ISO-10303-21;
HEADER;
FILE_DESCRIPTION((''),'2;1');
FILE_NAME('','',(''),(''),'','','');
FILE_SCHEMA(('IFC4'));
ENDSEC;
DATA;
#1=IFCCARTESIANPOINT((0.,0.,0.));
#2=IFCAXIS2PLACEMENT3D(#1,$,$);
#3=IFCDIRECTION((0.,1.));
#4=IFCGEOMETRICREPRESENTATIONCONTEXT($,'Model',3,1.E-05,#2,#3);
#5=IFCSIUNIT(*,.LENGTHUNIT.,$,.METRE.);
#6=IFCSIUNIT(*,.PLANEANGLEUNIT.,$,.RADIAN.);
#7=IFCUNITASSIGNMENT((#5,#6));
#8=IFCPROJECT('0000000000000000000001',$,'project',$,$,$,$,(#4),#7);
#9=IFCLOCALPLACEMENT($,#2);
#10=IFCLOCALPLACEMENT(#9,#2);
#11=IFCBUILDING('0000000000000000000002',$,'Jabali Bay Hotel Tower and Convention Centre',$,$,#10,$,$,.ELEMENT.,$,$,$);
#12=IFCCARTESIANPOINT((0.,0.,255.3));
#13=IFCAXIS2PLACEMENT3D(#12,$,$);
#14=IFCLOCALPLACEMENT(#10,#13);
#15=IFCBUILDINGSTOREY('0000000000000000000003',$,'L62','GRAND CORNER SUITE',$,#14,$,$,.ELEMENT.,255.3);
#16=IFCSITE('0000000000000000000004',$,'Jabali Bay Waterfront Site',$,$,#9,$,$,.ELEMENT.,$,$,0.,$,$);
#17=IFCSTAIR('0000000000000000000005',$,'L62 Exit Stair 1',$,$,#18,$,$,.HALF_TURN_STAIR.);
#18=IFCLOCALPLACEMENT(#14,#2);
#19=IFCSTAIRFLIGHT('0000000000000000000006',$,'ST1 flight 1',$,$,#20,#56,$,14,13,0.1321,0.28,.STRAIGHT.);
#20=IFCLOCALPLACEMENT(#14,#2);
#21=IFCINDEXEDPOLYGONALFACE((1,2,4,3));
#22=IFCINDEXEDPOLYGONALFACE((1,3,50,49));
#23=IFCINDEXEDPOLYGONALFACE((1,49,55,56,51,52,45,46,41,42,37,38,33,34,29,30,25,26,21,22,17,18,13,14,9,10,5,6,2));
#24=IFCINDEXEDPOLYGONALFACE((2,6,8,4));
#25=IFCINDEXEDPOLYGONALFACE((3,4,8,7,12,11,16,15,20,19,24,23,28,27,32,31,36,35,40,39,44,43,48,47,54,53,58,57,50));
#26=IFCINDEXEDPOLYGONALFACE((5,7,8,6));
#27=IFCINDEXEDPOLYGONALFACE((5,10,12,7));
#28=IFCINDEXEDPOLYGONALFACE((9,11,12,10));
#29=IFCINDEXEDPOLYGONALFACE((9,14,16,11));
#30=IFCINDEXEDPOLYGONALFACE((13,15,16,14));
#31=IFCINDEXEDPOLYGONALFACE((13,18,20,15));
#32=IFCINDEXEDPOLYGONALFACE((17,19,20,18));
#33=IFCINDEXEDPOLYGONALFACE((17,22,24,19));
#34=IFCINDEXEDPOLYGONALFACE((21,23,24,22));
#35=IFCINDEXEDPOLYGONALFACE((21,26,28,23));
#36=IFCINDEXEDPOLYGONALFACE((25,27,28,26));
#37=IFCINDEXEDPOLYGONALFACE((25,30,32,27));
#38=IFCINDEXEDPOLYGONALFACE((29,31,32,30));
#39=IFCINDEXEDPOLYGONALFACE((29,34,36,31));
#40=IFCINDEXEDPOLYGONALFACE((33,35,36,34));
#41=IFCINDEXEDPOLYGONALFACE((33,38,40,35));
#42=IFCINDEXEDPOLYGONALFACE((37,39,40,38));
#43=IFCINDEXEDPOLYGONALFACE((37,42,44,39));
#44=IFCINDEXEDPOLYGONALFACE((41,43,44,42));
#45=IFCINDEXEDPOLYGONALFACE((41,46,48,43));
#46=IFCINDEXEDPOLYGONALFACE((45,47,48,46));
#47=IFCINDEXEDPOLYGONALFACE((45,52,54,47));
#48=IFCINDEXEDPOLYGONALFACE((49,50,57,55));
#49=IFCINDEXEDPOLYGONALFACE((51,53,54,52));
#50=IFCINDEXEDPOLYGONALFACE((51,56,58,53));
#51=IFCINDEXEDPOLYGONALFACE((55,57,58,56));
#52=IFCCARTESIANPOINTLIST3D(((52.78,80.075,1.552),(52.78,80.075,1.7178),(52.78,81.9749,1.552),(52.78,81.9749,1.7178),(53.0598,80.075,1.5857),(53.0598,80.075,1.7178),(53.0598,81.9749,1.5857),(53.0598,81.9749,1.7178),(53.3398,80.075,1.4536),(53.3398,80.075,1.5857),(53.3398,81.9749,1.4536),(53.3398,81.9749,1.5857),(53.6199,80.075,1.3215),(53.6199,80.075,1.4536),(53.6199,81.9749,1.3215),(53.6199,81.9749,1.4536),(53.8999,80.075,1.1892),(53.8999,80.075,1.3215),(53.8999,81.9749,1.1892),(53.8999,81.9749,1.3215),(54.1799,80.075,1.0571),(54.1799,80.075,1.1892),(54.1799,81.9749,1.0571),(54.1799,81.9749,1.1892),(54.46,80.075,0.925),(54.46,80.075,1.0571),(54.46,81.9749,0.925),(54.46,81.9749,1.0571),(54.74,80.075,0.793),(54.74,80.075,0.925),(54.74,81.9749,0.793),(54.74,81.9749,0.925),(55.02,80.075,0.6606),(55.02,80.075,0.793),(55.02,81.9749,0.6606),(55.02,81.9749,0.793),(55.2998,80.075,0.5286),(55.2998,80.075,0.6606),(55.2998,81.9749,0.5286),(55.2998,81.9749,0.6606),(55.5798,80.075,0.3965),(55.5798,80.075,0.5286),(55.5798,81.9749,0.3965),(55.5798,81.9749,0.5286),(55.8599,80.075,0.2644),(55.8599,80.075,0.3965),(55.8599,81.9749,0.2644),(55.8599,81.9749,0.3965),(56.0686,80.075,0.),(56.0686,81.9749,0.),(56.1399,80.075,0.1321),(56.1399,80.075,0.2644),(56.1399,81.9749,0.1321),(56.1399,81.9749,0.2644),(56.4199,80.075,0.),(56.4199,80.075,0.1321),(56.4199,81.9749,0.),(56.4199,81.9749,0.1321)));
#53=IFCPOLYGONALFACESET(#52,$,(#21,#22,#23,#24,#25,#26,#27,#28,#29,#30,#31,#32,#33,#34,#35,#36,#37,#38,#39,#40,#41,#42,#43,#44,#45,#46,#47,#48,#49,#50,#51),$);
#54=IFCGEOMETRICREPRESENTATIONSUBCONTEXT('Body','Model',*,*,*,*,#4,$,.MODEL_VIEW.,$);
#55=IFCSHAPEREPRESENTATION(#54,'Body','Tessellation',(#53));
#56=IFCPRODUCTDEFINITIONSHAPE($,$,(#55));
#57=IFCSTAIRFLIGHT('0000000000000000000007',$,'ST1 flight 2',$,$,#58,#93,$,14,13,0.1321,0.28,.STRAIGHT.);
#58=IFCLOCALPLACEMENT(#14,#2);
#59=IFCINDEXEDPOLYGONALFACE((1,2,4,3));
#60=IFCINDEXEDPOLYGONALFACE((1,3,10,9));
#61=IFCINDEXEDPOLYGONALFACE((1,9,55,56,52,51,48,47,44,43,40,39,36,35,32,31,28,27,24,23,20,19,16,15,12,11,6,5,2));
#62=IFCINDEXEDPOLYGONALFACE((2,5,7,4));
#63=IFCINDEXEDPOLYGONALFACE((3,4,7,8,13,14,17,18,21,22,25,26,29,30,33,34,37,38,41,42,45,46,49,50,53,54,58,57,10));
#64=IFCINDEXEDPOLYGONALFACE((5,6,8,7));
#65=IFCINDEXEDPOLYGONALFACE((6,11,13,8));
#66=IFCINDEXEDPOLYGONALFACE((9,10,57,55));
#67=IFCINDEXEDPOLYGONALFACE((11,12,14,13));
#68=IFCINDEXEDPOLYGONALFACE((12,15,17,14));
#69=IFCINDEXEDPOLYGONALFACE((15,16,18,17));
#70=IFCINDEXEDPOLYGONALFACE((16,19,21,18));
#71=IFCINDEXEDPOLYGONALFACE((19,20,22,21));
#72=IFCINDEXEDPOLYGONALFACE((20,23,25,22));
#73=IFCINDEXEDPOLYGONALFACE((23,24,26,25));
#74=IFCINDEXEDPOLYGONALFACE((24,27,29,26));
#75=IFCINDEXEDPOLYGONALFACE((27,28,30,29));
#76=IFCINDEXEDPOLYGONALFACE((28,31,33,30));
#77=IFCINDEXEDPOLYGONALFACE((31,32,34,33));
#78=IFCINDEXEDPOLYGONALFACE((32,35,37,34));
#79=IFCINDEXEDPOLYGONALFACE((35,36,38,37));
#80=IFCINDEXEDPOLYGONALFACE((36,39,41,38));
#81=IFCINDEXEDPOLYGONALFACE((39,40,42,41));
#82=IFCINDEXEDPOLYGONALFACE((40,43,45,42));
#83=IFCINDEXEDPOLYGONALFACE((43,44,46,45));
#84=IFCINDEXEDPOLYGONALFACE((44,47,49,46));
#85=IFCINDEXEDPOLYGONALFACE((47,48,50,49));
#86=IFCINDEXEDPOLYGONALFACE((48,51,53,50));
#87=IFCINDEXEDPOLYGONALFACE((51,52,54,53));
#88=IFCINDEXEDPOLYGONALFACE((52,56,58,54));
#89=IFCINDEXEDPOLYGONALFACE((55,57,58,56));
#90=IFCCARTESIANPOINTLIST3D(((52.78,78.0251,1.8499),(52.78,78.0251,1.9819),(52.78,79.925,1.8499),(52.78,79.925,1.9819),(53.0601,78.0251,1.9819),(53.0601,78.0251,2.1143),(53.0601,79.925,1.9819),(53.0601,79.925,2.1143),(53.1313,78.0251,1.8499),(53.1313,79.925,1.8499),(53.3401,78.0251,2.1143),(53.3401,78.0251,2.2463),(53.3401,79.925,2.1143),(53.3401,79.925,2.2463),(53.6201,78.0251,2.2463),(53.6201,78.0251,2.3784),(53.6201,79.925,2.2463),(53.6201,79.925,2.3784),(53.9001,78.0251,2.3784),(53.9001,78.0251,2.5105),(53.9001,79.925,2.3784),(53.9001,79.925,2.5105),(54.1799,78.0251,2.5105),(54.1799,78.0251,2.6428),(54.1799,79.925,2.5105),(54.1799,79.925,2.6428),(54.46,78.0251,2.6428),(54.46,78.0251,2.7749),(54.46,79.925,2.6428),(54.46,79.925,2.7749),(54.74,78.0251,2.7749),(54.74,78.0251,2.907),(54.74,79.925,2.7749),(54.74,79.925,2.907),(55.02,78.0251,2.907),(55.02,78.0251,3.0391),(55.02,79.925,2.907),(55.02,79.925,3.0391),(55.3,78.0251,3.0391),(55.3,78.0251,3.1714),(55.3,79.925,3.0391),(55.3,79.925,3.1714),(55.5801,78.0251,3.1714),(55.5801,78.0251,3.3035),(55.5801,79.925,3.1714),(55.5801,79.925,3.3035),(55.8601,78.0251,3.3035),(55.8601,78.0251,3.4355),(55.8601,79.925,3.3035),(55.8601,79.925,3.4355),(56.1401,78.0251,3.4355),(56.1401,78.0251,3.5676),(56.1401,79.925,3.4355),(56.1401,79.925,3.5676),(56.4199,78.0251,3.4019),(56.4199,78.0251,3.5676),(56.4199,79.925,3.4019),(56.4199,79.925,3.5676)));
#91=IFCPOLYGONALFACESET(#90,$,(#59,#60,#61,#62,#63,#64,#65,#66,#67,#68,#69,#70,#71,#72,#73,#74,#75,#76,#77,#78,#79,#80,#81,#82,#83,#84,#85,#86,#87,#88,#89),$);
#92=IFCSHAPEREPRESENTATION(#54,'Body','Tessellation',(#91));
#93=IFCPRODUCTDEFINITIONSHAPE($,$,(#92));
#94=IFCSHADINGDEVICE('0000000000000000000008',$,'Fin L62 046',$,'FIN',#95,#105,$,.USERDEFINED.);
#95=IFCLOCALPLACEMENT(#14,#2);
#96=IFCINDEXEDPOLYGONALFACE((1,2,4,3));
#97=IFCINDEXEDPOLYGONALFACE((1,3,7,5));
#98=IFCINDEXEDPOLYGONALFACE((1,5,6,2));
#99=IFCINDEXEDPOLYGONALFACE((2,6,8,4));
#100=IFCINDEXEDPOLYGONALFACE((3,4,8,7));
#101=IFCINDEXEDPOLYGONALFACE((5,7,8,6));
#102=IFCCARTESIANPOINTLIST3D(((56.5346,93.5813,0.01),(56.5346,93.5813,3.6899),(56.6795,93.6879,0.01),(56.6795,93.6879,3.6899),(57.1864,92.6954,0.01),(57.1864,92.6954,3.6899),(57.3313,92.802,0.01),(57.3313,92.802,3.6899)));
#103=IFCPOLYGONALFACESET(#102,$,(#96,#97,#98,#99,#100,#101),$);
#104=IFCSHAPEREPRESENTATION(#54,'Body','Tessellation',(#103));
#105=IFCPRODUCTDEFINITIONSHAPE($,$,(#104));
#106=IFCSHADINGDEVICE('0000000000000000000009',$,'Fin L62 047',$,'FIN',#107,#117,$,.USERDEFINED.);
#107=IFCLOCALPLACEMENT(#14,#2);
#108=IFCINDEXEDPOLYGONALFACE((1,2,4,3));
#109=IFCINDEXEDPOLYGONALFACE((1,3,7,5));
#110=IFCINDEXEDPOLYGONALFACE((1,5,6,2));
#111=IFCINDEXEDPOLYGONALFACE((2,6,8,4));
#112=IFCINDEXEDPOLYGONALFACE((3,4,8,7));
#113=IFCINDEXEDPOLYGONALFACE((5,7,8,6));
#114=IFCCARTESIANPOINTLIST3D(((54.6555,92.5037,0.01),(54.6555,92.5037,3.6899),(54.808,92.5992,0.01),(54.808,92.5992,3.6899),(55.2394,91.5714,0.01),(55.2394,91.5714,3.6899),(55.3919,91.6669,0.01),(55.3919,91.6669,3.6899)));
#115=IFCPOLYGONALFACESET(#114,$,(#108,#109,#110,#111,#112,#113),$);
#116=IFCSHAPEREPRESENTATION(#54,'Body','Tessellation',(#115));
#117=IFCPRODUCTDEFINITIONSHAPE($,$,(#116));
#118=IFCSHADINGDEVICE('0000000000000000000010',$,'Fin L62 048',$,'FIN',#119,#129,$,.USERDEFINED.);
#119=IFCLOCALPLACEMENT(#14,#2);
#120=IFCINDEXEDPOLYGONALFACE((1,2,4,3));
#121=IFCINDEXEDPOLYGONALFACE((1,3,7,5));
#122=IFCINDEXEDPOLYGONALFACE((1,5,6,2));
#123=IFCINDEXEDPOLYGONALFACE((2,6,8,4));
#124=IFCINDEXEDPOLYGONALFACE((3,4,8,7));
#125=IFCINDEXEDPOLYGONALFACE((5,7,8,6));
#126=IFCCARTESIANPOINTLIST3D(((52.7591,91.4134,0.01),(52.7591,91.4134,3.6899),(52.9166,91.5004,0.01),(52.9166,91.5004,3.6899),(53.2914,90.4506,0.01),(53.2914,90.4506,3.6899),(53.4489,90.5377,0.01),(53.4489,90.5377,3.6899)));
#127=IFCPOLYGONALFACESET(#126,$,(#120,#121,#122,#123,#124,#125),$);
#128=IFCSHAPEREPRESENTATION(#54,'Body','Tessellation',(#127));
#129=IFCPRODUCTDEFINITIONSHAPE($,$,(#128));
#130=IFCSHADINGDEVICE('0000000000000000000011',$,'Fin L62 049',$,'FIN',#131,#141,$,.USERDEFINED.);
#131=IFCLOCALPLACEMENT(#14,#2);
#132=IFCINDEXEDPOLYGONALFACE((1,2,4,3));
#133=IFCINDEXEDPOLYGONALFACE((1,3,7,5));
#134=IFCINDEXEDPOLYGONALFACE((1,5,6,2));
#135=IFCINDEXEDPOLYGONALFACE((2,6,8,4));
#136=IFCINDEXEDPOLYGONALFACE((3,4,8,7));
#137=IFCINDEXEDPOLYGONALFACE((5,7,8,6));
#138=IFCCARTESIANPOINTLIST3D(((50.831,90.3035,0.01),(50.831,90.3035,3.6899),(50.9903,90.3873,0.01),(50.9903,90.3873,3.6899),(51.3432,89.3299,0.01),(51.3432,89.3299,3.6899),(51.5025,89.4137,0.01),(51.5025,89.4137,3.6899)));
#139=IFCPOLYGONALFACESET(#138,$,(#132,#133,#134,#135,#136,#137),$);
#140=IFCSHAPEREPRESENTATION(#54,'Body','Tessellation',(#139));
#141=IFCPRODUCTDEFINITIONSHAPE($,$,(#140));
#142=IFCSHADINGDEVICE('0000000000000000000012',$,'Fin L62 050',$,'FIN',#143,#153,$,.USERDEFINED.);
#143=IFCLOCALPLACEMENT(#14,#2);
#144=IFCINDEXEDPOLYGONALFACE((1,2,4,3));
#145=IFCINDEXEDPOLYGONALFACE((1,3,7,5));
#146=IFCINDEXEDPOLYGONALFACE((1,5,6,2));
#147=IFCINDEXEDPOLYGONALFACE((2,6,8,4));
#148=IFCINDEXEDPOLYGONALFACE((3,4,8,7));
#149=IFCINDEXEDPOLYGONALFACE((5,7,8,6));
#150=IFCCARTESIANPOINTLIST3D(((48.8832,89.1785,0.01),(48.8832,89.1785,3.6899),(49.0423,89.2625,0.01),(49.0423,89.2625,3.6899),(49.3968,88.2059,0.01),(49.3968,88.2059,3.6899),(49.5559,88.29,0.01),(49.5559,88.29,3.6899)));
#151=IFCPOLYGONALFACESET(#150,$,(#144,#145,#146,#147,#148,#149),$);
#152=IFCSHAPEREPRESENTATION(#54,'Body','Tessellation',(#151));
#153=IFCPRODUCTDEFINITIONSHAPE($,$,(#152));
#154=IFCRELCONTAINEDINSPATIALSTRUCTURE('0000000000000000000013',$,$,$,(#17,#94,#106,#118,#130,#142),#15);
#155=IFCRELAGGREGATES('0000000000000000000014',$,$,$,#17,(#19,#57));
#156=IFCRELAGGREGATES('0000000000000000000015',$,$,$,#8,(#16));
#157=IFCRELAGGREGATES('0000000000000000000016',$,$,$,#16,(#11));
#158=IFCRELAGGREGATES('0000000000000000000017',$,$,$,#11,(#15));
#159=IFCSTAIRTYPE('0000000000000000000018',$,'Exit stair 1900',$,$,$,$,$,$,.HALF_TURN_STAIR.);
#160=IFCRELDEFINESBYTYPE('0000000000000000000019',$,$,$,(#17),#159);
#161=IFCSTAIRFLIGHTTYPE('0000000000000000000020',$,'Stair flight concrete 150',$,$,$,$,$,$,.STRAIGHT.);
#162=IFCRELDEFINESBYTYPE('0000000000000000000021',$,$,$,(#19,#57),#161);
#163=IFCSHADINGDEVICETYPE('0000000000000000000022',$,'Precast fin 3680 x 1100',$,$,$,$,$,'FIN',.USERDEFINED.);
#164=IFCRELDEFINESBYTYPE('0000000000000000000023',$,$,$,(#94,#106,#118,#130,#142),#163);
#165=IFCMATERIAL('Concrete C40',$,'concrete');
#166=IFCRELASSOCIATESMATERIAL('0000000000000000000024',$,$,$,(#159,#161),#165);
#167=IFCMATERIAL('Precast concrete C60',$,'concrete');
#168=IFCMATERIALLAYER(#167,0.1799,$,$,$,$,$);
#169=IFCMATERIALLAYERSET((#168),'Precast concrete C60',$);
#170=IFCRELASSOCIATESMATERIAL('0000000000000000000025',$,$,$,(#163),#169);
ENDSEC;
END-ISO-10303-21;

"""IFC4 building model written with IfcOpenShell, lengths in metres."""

from ifc_helpers import new_model, si_unit, direction, frame, frame_2d, origin, place, context, subcontext, project, spatial, polyline, rectangle, outline, extrude, material, layer, layer_set, type_object, element, aggregate, save


model = new_model("IFC4")

# Units and contexts
model_context = context("Model", 3, precision=1e-05, world=origin(), true_north=direction((0.0, 1.0)))
body_context = subcontext(model_context, "Body", "Model", "MODEL_VIEW")
ifc_project = project(units=[si_unit("LENGTHUNIT", "METRE"), si_unit("PLANEANGLEUNIT", "RADIAN")], contexts=[model_context])

# Site, building, storey
site_placement = place(None, origin())
site = spatial("IfcSite", under=ifc_project, at=site_placement, Name="Jabali Bay Waterfront Site", CompositionType="ELEMENT", RefElevation=0.0)
building_placement = place(site_placement, origin())
building = spatial("IfcBuilding", under=site, at=building_placement, Name="Jabali Bay Hotel Tower and Convention Centre", CompositionType="ELEMENT")
storey_placement = place(building_placement, frame((0.0, 0.0, 255.3)))
storey = spatial("IfcBuildingStorey", under=building, at=storey_placement, Name="L62", Description="GRAND CORNER SUITE", CompositionType="ELEMENT", Elevation=255.3)

# Shared definitions
ifc_material_1 = material(Name="Concrete C40", Category="concrete")

# Stair, stair flights
stair_type = type_object("IfcStairType", Name="Exit stair 1900", PredefinedType="HALF_TURN_STAIR", material=ifc_material_1)
stair_placement = place(storey_placement, origin())
stair = element("IfcStair", 1, at=stair_placement, inside=storey, type_object=stair_type, Name="L62 Exit Stair 1", PredefinedType="HALF_TURN_STAIR")
stair_flight_type = type_object("IfcStairFlightType", Name="Stair flight concrete 150", PredefinedType="STRAIGHT", material=ifc_material_1)
stair_flight_1_placement = place(storey_placement, frame((56.4199, 81.0249, 0.0), z_axis=(0.0, 0.0, 1.0), x_axis=(-1.0, 0.0, 0.0)))
stair_flight_1 = element("IfcStairFlight", 2, at=stair_flight_1_placement, type_object=stair_flight_type, Name="ST1 flight 1", NumberOfRisers=14, NumberOfTreads=13, PredefinedType="STRAIGHT", RiserHeight=0.1321, TreadLength=0.28, context=body_context, shape_type="SweptSolid", body=[
    extrude(outline(polyline([(0.0, 0.0), (0.0, 0.1321), (0.28, 0.1321), (0.28, 0.2644), (0.5601, 0.2644), (0.5601, 0.3965), (0.8401, 0.3965), (0.8401, 0.5286), (1.1201, 0.5286), (1.1201, 0.6606), (1.3999, 0.6606), (1.3999, 0.793), (1.6799, 0.793), (1.6799, 0.925), (1.96, 0.925), (1.96, 1.0571), (2.24, 1.0571), (2.24, 1.1892), (2.52, 1.1892), (2.52, 1.3215), (2.8, 1.3215), (2.8, 1.4536), (3.0801, 1.4536), (3.0801, 1.5857), (3.3601, 1.5857), (3.3601, 1.7178), (3.6399, 1.7178), (3.6399, 1.8501), (3.6399, 1.552), (0.3513, 0.0), (0.0, 0.0)])), frame((0.0, 0.95, 0.0), z_axis=(0.0, -1.0, 0.0), x_axis=(1.0, 0.0, 0.0)), (0.0, 0.0, 1.0), 1.8999),
])
stair_flight_2_placement = place(storey_placement, frame((52.78, 78.9751, 1.8499), z_axis=(0.0, 0.0, 1.0), x_axis=(1.0, 0.0, 0.0)))
stair_flight_2 = element("IfcStairFlight", 3, at=stair_flight_2_placement, type_object=stair_flight_type, Name="ST1 flight 2", NumberOfRisers=14, NumberOfTreads=13, PredefinedType="STRAIGHT", RiserHeight=0.1321, TreadLength=0.28, context=body_context, shape_type="SweptSolid", body=[
    extrude(outline(polyline([(0.0, 0.0), (0.0, 0.1321), (0.28, 0.1321), (0.28, 0.2644), (0.5601, 0.2644), (0.5601, 0.3965), (0.8401, 0.3965), (0.8401, 0.5286), (1.1201, 0.5286), (1.1201, 0.6606), (1.3999, 0.6606), (1.3999, 0.793), (1.6799, 0.793), (1.6799, 0.925), (1.96, 0.925), (1.96, 1.0571), (2.24, 1.0571), (2.24, 1.1892), (2.52, 1.1892), (2.52, 1.3215), (2.8, 1.3215), (2.8, 1.4536), (3.0801, 1.4536), (3.0801, 1.5857), (3.3601, 1.5857), (3.3601, 1.7178), (3.6399, 1.7178), (3.6399, 1.8501), (3.6399, 1.552), (0.3513, 0.0), (0.0, 0.0)])), frame((0.0, 0.95, 0.0), z_axis=(0.0, -1.0, 0.0), x_axis=(1.0, 0.0, 0.0)), (0.0, 0.0, 1.0), 1.8999),
])
aggregate(stair, [stair_flight_1, stair_flight_2])

# Shading devices
ifc_material_2 = material(Name="Precast concrete C60", Category="concrete")
ifc_layer_1 = layer(ifc_material_2, 0.1799)
ifc_layer_set_1 = layer_set([ifc_layer_1], Name="Precast concrete C60")
shading_device_type = type_object("IfcShadingDeviceType", Name="Precast fin 3680 x 1100", ElementType="FIN", PredefinedType="USERDEFINED", material=ifc_layer_set_1)
shading_device_1_placement = place(storey_placement, frame((57.2588, 92.7488, 0.01), z_axis=(0.0, 0.0, 1.0), x_axis=(-0.592623, 0.80548, 0.0)))
element("IfcShadingDevice", 4, at=shading_device_1_placement, inside=storey, type_object=shading_device_type, Name="Fin L62 046", ObjectType="FIN", PredefinedType="USERDEFINED", context=body_context, shape_type="SweptSolid", body=[
    extrude(rectangle(XDim=1.0999, YDim=0.1799, at=frame_2d((0.5498, 0.0))), origin(), (0.0, 0.0, 1.0), 3.6799),
])
for number, where, z_axis, x_axis, name in (
    (5, (55.3157, 91.6191, 0.01), (0.0, 0.0, 1.0), (-0.530817, 0.847487, 0.0), "Fin L62 047"),
    (6, (53.3701, 90.4941, 0.01), (0.0, 0.0, 1.0), (-0.483852, 0.87515, 0.0), "Fin L62 048"),
    (7, (51.4229, 89.3718, 0.01), (0.0, 0.0, 1.0), (-0.465582, 0.885005, 0.0), "Fin L62 049"),
):
    element("IfcShadingDevice", number, at=place(storey_placement, frame(where, z_axis=z_axis, x_axis=x_axis)), inside=storey, type_object=shading_device_type, Name=name, ObjectType="FIN", PredefinedType="USERDEFINED", context=body_context, shape_type="SweptSolid", body=[
        extrude(rectangle(XDim=1.1001, YDim=0.1799, at=frame_2d((0.55, 0.0))), origin(), (0.0, 0.0, 1.0), 3.6799),
    ])
shading_device_2_placement = place(storey_placement, frame((49.4763, 88.248, 0.01), z_axis=(0.0, 0.0, 1.0), x_axis=(-0.46699, 0.884263, 0.0)))
element("IfcShadingDevice", 8, at=shading_device_2_placement, inside=storey, type_object=shading_device_type, Name="Fin L62 050", ObjectType="FIN", PredefinedType="USERDEFINED", context=body_context, shape_type="SweptSolid", body=[
    extrude(rectangle(XDim=1.0999, YDim=0.1799, at=frame_2d((0.5498, 0.0))), origin(), (0.0, 0.0, 1.0), 3.6799),
])

save(model, "model.ifc")
